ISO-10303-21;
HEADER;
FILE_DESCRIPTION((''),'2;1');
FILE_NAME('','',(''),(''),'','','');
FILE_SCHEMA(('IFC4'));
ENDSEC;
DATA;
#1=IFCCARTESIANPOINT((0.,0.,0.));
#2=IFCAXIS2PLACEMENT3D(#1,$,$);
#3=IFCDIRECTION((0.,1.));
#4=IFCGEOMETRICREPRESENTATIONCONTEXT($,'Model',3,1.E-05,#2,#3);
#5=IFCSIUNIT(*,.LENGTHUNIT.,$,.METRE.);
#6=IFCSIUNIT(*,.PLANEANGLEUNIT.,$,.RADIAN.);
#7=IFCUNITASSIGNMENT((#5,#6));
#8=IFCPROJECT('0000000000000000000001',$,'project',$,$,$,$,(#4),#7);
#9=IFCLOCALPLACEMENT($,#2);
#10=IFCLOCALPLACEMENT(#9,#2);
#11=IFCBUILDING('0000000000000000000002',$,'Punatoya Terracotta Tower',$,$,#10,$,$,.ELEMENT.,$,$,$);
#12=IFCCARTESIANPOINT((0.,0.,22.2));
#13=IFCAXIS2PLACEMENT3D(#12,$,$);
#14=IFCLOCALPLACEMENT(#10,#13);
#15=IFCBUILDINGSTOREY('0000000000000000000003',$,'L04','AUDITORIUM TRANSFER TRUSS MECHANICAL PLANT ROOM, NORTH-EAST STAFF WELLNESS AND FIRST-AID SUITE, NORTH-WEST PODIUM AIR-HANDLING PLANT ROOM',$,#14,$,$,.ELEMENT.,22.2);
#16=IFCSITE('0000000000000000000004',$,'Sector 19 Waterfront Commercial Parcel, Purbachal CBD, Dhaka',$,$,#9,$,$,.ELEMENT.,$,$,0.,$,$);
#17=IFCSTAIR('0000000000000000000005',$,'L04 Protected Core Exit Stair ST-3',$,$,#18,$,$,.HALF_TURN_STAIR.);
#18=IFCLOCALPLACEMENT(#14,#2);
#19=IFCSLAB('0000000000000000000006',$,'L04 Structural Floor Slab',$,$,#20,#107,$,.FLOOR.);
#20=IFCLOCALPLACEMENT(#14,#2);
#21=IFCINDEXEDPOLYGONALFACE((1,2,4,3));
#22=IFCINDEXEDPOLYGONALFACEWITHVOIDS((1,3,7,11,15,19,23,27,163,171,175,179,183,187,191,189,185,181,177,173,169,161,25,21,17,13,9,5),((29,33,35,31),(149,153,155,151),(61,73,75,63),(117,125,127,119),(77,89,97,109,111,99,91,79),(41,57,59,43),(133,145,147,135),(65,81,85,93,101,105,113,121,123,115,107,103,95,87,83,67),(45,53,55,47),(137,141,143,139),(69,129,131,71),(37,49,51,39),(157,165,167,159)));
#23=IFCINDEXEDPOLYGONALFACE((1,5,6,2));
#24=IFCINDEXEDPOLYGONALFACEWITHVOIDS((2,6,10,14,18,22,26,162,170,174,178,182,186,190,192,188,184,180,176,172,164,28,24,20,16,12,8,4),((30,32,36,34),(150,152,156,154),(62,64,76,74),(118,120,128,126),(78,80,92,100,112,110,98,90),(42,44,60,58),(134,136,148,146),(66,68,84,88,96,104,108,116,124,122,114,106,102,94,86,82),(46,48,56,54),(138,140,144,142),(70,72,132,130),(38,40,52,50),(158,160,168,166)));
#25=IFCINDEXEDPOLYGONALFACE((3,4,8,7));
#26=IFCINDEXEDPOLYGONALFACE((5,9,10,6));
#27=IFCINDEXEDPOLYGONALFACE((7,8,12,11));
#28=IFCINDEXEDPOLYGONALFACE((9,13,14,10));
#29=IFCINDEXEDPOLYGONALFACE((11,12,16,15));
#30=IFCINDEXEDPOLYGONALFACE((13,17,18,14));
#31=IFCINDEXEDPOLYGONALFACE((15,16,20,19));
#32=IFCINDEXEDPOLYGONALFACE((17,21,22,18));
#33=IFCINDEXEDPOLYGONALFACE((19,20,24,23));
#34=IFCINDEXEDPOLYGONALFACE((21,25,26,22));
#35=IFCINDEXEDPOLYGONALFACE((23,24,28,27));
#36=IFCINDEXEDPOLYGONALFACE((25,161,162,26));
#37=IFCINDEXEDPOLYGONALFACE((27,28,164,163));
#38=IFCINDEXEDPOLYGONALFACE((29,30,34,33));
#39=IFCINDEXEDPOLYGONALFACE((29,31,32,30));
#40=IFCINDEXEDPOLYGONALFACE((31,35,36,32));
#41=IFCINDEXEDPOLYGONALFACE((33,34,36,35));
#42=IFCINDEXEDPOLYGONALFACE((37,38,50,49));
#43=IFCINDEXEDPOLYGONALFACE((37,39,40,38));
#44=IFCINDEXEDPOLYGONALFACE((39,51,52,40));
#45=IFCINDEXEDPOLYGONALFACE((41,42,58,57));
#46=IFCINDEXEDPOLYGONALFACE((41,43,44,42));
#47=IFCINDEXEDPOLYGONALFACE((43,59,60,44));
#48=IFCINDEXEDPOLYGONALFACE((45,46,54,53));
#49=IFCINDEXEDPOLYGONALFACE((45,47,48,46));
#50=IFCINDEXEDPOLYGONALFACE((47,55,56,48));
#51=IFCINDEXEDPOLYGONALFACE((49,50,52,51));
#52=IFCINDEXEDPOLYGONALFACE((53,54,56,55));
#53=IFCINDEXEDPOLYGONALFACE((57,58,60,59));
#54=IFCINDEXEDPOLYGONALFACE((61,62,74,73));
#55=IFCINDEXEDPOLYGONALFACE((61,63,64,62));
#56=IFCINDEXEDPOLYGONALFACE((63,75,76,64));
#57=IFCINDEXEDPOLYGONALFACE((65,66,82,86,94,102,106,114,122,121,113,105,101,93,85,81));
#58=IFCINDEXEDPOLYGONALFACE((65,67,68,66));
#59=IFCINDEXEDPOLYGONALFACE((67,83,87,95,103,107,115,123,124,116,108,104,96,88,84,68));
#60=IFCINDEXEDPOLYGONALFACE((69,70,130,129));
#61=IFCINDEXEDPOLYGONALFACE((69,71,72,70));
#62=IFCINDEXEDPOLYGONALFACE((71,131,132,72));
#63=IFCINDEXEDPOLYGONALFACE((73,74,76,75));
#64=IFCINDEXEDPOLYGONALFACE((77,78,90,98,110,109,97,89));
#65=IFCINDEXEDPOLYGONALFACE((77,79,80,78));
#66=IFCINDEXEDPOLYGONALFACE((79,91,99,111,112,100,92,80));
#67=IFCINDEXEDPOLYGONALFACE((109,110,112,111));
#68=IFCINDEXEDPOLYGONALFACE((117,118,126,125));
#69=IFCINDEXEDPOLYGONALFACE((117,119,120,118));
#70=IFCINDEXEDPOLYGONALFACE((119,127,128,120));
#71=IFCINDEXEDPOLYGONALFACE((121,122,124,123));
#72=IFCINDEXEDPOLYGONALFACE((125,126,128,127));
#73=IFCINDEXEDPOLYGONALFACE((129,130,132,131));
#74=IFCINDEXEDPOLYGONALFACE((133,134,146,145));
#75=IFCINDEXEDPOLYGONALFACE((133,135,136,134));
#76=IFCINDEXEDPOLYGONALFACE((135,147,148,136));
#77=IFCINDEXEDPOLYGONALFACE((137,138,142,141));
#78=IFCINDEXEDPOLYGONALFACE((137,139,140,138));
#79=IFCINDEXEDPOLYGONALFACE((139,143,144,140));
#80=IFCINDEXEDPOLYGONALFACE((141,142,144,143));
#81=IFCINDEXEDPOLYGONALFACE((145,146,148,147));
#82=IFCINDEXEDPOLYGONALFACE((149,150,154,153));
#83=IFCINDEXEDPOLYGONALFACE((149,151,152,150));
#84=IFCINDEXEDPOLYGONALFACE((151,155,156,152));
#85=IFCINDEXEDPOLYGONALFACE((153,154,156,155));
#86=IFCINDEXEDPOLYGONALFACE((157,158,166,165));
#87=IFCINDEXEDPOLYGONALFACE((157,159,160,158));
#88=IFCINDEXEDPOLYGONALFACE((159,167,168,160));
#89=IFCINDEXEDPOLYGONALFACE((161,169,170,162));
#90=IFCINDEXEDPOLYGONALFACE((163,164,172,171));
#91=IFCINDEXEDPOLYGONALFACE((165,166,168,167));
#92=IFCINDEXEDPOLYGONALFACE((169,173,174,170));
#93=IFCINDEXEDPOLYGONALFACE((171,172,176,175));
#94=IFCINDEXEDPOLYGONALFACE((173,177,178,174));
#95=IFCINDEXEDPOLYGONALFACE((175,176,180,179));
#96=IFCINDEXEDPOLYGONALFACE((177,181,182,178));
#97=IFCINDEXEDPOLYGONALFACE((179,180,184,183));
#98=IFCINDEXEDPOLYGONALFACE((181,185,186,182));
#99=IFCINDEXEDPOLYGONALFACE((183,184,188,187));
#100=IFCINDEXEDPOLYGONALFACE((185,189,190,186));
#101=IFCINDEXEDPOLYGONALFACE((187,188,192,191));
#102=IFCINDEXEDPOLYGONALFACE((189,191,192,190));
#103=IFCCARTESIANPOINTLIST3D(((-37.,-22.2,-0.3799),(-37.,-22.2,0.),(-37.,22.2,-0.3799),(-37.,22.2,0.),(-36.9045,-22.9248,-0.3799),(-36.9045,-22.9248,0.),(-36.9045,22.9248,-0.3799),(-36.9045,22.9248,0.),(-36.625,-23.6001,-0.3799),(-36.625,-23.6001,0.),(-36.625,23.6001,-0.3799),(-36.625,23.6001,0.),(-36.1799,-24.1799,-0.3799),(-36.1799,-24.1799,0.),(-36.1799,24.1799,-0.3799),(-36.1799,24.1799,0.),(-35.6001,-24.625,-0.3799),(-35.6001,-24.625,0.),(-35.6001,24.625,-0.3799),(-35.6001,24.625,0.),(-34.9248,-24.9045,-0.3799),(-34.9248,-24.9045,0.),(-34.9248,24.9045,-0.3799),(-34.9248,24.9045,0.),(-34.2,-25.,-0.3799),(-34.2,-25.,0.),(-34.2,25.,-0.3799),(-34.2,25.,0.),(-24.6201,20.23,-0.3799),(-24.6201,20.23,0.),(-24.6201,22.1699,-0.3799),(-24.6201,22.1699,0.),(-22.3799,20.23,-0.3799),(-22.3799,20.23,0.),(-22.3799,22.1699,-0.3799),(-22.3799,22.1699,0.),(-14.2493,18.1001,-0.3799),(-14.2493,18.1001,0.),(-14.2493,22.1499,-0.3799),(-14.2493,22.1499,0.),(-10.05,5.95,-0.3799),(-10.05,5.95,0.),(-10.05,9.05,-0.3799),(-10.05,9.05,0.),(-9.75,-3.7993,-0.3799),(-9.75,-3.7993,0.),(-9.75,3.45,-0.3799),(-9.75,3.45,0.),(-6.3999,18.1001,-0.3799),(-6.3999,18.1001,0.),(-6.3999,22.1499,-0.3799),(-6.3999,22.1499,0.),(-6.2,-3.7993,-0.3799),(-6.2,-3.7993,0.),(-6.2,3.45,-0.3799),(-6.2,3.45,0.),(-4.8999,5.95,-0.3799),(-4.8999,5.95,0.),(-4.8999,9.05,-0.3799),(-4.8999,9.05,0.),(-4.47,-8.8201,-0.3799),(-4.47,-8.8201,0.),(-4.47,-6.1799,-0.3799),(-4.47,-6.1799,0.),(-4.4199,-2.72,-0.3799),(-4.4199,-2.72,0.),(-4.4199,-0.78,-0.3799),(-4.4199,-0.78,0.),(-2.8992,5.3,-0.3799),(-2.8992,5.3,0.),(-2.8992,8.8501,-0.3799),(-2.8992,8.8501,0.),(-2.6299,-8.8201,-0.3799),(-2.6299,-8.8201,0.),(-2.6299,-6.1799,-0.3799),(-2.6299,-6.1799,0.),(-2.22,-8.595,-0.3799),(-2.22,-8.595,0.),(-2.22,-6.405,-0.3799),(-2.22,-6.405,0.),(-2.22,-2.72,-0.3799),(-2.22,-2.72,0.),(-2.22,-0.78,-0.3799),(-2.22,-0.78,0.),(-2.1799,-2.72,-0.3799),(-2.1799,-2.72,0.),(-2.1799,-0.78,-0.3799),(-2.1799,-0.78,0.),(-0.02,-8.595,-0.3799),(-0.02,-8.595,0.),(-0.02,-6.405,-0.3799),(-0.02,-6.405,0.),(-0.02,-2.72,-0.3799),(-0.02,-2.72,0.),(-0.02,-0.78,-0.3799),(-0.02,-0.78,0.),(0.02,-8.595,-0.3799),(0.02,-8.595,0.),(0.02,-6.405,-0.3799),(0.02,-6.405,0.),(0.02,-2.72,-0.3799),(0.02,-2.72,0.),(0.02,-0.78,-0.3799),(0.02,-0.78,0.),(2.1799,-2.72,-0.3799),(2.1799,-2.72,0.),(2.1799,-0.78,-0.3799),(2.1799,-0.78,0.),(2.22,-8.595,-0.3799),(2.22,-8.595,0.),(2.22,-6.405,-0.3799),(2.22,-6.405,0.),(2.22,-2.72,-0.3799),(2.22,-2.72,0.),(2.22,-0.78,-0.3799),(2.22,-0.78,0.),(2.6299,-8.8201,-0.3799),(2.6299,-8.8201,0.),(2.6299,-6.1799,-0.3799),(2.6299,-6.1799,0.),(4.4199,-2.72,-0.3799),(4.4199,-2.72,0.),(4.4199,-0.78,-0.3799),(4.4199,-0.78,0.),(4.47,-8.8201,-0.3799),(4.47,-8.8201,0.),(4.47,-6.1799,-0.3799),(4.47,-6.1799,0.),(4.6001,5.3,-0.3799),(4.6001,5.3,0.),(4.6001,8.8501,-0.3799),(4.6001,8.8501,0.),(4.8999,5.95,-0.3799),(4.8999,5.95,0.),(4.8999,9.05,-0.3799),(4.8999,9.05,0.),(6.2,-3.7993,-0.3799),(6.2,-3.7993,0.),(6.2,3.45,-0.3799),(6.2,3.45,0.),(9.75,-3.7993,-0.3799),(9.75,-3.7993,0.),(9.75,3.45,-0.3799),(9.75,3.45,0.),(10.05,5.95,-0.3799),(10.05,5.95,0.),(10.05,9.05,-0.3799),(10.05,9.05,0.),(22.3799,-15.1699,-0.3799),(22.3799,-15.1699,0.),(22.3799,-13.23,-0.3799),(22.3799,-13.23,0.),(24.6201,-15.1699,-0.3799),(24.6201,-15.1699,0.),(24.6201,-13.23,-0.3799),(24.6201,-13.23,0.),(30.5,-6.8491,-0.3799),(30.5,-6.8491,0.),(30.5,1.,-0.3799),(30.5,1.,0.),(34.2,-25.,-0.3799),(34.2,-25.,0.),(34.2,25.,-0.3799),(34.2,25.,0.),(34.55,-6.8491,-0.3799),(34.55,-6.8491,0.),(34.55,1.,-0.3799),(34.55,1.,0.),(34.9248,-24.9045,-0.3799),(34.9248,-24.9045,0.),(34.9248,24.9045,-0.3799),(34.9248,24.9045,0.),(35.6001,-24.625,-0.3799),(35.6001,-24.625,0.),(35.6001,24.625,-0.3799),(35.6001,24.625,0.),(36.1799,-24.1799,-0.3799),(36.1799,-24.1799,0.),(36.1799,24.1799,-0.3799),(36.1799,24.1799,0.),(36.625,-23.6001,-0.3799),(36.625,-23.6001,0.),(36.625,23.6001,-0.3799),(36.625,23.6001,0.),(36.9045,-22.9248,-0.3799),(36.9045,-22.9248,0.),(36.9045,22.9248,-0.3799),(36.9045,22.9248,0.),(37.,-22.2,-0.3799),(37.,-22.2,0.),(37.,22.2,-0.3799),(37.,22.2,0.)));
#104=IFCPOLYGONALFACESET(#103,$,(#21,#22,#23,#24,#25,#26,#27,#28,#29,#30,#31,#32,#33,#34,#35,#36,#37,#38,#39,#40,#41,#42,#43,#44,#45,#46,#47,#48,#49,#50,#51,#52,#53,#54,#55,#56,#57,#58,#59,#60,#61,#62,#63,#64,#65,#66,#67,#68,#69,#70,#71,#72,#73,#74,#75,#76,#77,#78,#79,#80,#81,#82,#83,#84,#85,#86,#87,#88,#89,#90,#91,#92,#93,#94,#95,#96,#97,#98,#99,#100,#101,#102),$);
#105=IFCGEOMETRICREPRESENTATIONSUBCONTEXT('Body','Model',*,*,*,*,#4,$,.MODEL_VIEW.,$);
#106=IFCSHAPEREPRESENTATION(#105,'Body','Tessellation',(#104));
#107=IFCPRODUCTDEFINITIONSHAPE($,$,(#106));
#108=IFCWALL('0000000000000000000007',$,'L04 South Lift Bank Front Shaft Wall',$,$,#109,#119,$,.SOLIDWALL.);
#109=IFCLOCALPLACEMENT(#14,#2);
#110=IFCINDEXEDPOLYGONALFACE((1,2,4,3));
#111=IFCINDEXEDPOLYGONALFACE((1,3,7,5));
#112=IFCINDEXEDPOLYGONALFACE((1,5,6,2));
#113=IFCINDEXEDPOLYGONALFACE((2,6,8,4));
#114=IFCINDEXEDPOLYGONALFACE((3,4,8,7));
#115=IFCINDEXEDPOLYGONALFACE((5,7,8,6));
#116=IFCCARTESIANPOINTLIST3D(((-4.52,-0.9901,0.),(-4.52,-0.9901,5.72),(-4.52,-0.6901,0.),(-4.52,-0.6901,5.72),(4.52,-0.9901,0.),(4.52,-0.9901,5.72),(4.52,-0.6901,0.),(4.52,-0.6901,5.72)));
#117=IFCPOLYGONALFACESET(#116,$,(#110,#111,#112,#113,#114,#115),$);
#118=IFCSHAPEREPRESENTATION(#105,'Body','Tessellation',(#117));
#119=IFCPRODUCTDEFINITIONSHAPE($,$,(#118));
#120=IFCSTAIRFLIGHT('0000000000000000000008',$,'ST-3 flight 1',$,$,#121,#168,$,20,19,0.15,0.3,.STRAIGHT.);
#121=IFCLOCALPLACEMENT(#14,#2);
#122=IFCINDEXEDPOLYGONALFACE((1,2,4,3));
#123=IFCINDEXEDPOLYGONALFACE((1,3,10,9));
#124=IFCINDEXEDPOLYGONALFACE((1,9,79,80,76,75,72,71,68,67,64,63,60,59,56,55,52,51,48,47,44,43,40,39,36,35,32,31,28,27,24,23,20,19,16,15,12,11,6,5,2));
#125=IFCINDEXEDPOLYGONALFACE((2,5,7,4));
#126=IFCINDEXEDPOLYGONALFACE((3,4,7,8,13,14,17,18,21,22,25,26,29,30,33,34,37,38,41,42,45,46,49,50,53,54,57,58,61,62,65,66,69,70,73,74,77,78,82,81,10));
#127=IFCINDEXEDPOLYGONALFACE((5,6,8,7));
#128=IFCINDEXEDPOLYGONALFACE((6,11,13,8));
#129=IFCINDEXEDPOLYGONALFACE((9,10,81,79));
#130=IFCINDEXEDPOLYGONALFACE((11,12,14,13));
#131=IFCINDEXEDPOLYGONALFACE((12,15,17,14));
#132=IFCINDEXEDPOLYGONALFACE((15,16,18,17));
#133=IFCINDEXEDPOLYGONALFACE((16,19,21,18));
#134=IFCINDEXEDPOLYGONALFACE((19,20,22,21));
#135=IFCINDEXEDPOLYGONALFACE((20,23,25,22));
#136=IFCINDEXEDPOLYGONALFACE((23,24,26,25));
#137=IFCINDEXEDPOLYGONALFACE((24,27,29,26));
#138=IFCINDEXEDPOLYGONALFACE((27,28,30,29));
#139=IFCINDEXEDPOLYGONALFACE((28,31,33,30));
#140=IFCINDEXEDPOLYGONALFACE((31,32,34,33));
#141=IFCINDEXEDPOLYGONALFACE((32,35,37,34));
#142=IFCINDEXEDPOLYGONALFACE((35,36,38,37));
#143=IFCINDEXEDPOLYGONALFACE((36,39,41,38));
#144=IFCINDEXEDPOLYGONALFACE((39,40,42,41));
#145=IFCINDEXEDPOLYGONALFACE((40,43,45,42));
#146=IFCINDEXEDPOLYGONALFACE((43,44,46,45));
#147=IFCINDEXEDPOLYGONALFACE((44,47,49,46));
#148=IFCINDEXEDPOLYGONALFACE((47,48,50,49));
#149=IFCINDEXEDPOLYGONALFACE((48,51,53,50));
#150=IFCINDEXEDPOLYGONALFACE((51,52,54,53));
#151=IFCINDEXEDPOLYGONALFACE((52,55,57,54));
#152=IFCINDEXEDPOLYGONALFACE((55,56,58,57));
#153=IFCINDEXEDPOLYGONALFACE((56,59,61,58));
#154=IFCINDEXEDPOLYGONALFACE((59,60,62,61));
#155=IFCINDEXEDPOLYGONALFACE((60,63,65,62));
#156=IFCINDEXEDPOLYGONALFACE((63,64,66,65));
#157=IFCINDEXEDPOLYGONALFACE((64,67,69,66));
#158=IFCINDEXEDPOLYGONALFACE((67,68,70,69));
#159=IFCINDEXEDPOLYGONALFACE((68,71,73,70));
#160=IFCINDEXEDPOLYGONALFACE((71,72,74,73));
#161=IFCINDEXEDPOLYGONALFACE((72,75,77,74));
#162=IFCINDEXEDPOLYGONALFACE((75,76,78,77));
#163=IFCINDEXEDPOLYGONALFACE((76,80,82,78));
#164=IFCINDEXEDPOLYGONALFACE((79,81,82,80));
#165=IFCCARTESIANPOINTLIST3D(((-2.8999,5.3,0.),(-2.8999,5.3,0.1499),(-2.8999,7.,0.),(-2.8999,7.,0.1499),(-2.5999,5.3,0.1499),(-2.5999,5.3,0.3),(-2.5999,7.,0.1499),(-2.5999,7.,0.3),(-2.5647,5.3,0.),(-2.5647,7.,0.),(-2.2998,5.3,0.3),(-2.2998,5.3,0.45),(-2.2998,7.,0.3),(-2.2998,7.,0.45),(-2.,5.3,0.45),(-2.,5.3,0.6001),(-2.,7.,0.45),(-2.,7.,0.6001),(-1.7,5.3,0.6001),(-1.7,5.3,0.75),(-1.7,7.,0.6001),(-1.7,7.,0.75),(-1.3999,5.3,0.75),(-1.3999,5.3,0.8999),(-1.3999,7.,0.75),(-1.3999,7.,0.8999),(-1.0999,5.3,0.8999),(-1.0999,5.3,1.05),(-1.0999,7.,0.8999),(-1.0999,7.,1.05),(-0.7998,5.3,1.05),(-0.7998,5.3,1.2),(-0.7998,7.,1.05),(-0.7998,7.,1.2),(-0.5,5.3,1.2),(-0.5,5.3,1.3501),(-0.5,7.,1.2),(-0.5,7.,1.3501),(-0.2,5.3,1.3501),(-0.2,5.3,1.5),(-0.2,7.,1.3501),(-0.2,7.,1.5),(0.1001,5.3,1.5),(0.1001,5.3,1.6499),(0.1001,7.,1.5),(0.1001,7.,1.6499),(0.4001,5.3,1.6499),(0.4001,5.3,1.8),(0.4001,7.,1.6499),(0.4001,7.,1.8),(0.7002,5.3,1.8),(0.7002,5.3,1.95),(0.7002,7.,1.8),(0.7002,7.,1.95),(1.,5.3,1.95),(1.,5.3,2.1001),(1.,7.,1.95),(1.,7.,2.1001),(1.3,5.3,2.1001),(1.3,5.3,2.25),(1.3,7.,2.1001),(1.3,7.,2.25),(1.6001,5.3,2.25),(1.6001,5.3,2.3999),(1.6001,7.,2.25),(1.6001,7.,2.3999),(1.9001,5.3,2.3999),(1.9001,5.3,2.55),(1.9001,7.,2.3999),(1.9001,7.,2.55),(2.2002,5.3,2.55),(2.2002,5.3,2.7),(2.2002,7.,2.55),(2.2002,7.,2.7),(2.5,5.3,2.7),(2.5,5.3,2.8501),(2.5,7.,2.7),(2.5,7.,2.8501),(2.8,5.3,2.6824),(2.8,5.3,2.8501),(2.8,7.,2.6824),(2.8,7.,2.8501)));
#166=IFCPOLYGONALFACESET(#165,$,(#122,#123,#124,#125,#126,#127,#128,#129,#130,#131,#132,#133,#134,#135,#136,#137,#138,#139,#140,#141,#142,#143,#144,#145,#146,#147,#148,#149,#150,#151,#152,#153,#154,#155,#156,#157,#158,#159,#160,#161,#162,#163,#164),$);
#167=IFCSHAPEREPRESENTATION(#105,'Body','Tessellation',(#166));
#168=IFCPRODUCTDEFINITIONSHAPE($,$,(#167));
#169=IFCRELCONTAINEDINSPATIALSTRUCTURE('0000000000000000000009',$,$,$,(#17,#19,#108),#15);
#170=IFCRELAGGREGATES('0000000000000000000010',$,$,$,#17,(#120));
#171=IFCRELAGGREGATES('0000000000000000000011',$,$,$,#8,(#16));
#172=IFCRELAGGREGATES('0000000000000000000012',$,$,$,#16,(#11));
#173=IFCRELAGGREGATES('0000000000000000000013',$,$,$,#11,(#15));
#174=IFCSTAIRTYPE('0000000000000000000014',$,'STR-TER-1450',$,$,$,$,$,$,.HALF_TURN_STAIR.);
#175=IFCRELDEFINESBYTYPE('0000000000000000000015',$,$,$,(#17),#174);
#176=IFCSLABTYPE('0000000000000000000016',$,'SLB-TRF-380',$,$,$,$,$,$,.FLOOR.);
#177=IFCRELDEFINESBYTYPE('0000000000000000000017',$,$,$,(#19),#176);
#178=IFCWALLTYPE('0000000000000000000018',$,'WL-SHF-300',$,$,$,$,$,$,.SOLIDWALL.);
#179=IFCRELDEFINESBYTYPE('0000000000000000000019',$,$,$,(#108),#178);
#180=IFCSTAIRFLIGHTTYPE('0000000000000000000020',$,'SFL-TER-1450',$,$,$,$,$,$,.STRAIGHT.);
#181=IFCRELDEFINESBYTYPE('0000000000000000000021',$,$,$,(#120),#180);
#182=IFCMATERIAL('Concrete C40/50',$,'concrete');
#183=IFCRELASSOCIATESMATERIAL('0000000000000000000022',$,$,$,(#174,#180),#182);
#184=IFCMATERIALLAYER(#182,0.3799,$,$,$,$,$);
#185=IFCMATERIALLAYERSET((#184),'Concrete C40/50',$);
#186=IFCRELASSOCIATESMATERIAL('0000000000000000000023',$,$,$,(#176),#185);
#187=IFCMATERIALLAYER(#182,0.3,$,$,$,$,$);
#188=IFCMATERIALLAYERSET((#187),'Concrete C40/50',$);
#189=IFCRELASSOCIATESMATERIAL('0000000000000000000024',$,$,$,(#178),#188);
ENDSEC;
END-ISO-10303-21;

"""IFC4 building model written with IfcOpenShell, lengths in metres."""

from ifc_helpers import new_model, si_unit, direction, frame, frame_2d, origin, place, context, subcontext, project, spatial, polyline, rectangle, outline, extrude, material, layer, layer_set, type_object, element, aggregate, save


model = new_model("IFC4")

# Units and contexts
model_context = context("Model", 3, precision=1e-05, world=origin(), true_north=direction((0.0, 1.0)))
body_context = subcontext(model_context, "Body", "Model", "MODEL_VIEW")
ifc_project = project(units=[si_unit("LENGTHUNIT", "METRE"), si_unit("PLANEANGLEUNIT", "RADIAN")], contexts=[model_context])

# Site, building, storey
site_placement = place(None, origin())
site = spatial("IfcSite", under=ifc_project, at=site_placement, Name="Sector 19 Waterfront Commercial Parcel, Purbachal CBD, Dhaka", CompositionType="ELEMENT", RefElevation=0.0)
building_placement = place(site_placement, origin())
building = spatial("IfcBuilding", under=site, at=building_placement, Name="Punatoya Terracotta Tower", CompositionType="ELEMENT")
storey_placement = place(building_placement, frame((0.0, 0.0, 22.2)))
storey = spatial("IfcBuildingStorey", under=building, at=storey_placement, Name="L04", Description="AUDITORIUM TRANSFER TRUSS MECHANICAL PLANT ROOM, NORTH-EAST STAFF WELLNESS AND FIRST-AID SUITE, NORTH-WEST PODIUM AIR-HANDLING PLANT ROOM", CompositionType="ELEMENT", Elevation=22.2)

# Stair
ifc_material_1 = material(Name="Concrete C40/50", Category="concrete")
stair_type_1 = type_object("IfcStairType", Name="STR-TER-1450", PredefinedType="HALF_TURN_STAIR", material=ifc_material_1)
stair_1_placement = place(storey_placement, origin())
stair_1 = element("IfcStair", 1, at=stair_1_placement, inside=storey, type_object=stair_type_1, Name="L04 Protected Core Exit Stair ST-3", PredefinedType="HALF_TURN_STAIR")

# Slab
ifc_layer_1 = layer(ifc_material_1, 0.3799)
ifc_layer_set_1 = layer_set([ifc_layer_1], Name="Concrete C40/50")
slab_type_1 = type_object("IfcSlabType", Name="SLB-TRF-380", PredefinedType="FLOOR", material=ifc_layer_set_1)
slab_1_placement = place(storey_placement, frame((0.0, 0.0, -0.3799)))
element("IfcSlab", 2, at=slab_1_placement, inside=storey, type_object=slab_type_1, Name="L04 Structural Floor Slab", PredefinedType="FLOOR", context=body_context, shape_type="SweptSolid", body=[
    extrude(outline(polyline([(-34.2, -25.0), (-34.9248, -24.9045), (-35.6001, -24.625), (-36.1799, -24.1799), (-36.625, -23.6001), (-36.9045, -22.9248), (-37.0, -22.2), (-37.0, 22.2), (-36.9045, 22.9248), (-36.625, 23.6001), (-36.1799, 24.1799), (-35.6001, 24.625), (-34.9248, 24.9045), (-34.2, 25.0), (34.2, 25.0), (34.9248, 24.9045), (35.6001, 24.625), (36.1799, 24.1799), (36.625, 23.6001), (36.9045, 22.9248), (37.0, 22.2), (37.0, -22.2), (36.9045, -22.9248), (36.625, -23.6001), (36.1799, -24.1799), (35.6001, -24.625), (34.9248, -24.9045), (34.2, -25.0), (-34.2, -25.0)]), holes=[polyline([(-2.6299, -8.8201), (-2.6299, -6.1799), (-4.47, -6.1799), (-4.47, -8.8201), (-2.6299, -8.8201)]), polyline([(0.02, -8.595), (2.22, -8.595), (2.22, -6.405), (0.02, -6.405), (-0.02, -6.405), (-2.22, -6.405), (-2.22, -8.595), (-0.02, -8.595), (0.02, -8.595)]), polyline([(-2.22, -0.78), (-4.4199, -0.78), (-4.4199, -2.72), (-2.22, -2.72), (-2.1799, -2.72), (-0.02, -2.72), (0.02, -2.72), (2.1799, -2.72), (2.22, -2.72), (4.4199, -2.72), (4.4199, -0.78), (2.22, -0.78), (2.1799, -0.78), (0.02, -0.78), (-0.02, -0.78), (-2.1799, -0.78), (-2.22, -0.78)]), polyline([(-6.2, 3.45), (-9.75, 3.45), (-9.75, -3.7993), (-6.2, -3.7993), (-6.2, 3.45)]), polyline([(4.6001, 5.3), (4.6001, 8.8501), (-2.8992, 8.8501), (-2.8992, 5.3), (4.6001, 5.3)]), polyline([(-4.8999, 5.95), (-4.8999, 9.05), (-10.05, 9.05), (-10.05, 5.95), (-4.8999, 5.95)]), polyline([(-6.3999, 18.1001), (-6.3999, 22.1499), (-14.2493, 22.1499), (-14.2493, 18.1001), (-6.3999, 18.1001)]), polyline([(-22.3799, 20.23), (-22.3799, 22.1699), (-24.6201, 22.1699), (-24.6201, 20.23), (-22.3799, 20.23)]), polyline([(24.6201, -15.1699), (24.6201, -13.23), (22.3799, -13.23), (22.3799, -15.1699), (24.6201, -15.1699)]), polyline([(4.47, -8.8201), (4.47, -6.1799), (2.6299, -6.1799), (2.6299, -8.8201), (4.47, -8.8201)]), polyline([(34.55, 1.0), (30.5, 1.0), (30.5, -6.8491), (34.55, -6.8491), (34.55, 1.0)]), polyline([(9.75, -3.7993), (9.75, 3.45), (6.2, 3.45), (6.2, -3.7993), (9.75, -3.7993)]), polyline([(4.8999, 5.95), (10.05, 5.95), (10.05, 9.05), (4.8999, 9.05), (4.8999, 5.95)])]), origin(), (0.0, 0.0, 1.0), 0.3799),
])

# Wall
ifc_layer_2 = layer(ifc_material_1, 0.3)
ifc_layer_set_2 = layer_set([ifc_layer_2], Name="Concrete C40/50")
wall_type = type_object("IfcWallType", Name="WL-SHF-300", PredefinedType="SOLIDWALL", material=ifc_layer_set_2)
wall_placement = place(storey_placement, frame((-4.52, -0.8401, 0.0), z_axis=(0.0, 0.0, 1.0), x_axis=(1.0, 0.0, 0.0)))
element("IfcWall", 3, at=wall_placement, inside=storey, type_object=wall_type, Name="L04 South Lift Bank Front Shaft Wall", PredefinedType="SOLIDWALL", context=body_context, shape_type="SweptSolid", body=[
    extrude(rectangle(XDim=9.04, YDim=0.3, at=frame_2d((4.52, 0.0))), origin(), (0.0, 0.0, 1.0), 5.72),
])

# Stair flight
stair_flight_type = type_object("IfcStairFlightType", Name="SFL-TER-1450", PredefinedType="STRAIGHT", material=ifc_material_1)
stair_flight_placement = place(storey_placement, frame((-2.8999, 6.1499, 0.0), z_axis=(0.0, 0.0, 1.0), x_axis=(1.0, 0.0, 0.0)))
stair_flight = element("IfcStairFlight", 4, at=stair_flight_placement, type_object=stair_flight_type, Name="ST-3 flight 1", NumberOfRisers=20, NumberOfTreads=19, PredefinedType="STRAIGHT", RiserHeight=0.15, TreadLength=0.3, context=body_context, shape_type="SweptSolid", body=[
    extrude(outline(polyline([(0.0, 0.0), (0.0, 0.1499), (0.3, 0.1499), (0.3, 0.3), (0.6001, 0.3), (0.6001, 0.45), (0.8999, 0.45), (0.8999, 0.6001), (1.2, 0.6001), (1.2, 0.75), (1.5, 0.75), (1.5, 0.8999), (1.8, 0.8999), (1.8, 1.05), (2.1001, 1.05), (2.1001, 1.2), (2.3999, 1.2), (2.3999, 1.3501), (2.7, 1.3501), (2.7, 1.5), (3.0, 1.5), (3.0, 1.6499), (3.3, 1.6499), (3.3, 1.8), (3.6001, 1.8), (3.6001, 1.95), (3.8999, 1.95), (3.8999, 2.1001), (4.2, 2.1001), (4.2, 2.25), (4.5, 2.25), (4.5, 2.3999), (4.8, 2.3999), (4.8, 2.55), (5.1001, 2.55), (5.1001, 2.7), (5.3999, 2.7), (5.3999, 2.8501), (5.7, 2.8501), (5.7, 3.0), (5.7, 2.6824), (0.3352, 0.0), (0.0, 0.0)])), frame((0.0, 0.8501, 0.0), z_axis=(0.0, -1.0, 0.0), x_axis=(1.0, 0.0, 0.0)), (0.0, 0.0, 1.0), 1.7),
])
aggregate(stair_1, [stair_flight])

save(model, "model.ifc")
